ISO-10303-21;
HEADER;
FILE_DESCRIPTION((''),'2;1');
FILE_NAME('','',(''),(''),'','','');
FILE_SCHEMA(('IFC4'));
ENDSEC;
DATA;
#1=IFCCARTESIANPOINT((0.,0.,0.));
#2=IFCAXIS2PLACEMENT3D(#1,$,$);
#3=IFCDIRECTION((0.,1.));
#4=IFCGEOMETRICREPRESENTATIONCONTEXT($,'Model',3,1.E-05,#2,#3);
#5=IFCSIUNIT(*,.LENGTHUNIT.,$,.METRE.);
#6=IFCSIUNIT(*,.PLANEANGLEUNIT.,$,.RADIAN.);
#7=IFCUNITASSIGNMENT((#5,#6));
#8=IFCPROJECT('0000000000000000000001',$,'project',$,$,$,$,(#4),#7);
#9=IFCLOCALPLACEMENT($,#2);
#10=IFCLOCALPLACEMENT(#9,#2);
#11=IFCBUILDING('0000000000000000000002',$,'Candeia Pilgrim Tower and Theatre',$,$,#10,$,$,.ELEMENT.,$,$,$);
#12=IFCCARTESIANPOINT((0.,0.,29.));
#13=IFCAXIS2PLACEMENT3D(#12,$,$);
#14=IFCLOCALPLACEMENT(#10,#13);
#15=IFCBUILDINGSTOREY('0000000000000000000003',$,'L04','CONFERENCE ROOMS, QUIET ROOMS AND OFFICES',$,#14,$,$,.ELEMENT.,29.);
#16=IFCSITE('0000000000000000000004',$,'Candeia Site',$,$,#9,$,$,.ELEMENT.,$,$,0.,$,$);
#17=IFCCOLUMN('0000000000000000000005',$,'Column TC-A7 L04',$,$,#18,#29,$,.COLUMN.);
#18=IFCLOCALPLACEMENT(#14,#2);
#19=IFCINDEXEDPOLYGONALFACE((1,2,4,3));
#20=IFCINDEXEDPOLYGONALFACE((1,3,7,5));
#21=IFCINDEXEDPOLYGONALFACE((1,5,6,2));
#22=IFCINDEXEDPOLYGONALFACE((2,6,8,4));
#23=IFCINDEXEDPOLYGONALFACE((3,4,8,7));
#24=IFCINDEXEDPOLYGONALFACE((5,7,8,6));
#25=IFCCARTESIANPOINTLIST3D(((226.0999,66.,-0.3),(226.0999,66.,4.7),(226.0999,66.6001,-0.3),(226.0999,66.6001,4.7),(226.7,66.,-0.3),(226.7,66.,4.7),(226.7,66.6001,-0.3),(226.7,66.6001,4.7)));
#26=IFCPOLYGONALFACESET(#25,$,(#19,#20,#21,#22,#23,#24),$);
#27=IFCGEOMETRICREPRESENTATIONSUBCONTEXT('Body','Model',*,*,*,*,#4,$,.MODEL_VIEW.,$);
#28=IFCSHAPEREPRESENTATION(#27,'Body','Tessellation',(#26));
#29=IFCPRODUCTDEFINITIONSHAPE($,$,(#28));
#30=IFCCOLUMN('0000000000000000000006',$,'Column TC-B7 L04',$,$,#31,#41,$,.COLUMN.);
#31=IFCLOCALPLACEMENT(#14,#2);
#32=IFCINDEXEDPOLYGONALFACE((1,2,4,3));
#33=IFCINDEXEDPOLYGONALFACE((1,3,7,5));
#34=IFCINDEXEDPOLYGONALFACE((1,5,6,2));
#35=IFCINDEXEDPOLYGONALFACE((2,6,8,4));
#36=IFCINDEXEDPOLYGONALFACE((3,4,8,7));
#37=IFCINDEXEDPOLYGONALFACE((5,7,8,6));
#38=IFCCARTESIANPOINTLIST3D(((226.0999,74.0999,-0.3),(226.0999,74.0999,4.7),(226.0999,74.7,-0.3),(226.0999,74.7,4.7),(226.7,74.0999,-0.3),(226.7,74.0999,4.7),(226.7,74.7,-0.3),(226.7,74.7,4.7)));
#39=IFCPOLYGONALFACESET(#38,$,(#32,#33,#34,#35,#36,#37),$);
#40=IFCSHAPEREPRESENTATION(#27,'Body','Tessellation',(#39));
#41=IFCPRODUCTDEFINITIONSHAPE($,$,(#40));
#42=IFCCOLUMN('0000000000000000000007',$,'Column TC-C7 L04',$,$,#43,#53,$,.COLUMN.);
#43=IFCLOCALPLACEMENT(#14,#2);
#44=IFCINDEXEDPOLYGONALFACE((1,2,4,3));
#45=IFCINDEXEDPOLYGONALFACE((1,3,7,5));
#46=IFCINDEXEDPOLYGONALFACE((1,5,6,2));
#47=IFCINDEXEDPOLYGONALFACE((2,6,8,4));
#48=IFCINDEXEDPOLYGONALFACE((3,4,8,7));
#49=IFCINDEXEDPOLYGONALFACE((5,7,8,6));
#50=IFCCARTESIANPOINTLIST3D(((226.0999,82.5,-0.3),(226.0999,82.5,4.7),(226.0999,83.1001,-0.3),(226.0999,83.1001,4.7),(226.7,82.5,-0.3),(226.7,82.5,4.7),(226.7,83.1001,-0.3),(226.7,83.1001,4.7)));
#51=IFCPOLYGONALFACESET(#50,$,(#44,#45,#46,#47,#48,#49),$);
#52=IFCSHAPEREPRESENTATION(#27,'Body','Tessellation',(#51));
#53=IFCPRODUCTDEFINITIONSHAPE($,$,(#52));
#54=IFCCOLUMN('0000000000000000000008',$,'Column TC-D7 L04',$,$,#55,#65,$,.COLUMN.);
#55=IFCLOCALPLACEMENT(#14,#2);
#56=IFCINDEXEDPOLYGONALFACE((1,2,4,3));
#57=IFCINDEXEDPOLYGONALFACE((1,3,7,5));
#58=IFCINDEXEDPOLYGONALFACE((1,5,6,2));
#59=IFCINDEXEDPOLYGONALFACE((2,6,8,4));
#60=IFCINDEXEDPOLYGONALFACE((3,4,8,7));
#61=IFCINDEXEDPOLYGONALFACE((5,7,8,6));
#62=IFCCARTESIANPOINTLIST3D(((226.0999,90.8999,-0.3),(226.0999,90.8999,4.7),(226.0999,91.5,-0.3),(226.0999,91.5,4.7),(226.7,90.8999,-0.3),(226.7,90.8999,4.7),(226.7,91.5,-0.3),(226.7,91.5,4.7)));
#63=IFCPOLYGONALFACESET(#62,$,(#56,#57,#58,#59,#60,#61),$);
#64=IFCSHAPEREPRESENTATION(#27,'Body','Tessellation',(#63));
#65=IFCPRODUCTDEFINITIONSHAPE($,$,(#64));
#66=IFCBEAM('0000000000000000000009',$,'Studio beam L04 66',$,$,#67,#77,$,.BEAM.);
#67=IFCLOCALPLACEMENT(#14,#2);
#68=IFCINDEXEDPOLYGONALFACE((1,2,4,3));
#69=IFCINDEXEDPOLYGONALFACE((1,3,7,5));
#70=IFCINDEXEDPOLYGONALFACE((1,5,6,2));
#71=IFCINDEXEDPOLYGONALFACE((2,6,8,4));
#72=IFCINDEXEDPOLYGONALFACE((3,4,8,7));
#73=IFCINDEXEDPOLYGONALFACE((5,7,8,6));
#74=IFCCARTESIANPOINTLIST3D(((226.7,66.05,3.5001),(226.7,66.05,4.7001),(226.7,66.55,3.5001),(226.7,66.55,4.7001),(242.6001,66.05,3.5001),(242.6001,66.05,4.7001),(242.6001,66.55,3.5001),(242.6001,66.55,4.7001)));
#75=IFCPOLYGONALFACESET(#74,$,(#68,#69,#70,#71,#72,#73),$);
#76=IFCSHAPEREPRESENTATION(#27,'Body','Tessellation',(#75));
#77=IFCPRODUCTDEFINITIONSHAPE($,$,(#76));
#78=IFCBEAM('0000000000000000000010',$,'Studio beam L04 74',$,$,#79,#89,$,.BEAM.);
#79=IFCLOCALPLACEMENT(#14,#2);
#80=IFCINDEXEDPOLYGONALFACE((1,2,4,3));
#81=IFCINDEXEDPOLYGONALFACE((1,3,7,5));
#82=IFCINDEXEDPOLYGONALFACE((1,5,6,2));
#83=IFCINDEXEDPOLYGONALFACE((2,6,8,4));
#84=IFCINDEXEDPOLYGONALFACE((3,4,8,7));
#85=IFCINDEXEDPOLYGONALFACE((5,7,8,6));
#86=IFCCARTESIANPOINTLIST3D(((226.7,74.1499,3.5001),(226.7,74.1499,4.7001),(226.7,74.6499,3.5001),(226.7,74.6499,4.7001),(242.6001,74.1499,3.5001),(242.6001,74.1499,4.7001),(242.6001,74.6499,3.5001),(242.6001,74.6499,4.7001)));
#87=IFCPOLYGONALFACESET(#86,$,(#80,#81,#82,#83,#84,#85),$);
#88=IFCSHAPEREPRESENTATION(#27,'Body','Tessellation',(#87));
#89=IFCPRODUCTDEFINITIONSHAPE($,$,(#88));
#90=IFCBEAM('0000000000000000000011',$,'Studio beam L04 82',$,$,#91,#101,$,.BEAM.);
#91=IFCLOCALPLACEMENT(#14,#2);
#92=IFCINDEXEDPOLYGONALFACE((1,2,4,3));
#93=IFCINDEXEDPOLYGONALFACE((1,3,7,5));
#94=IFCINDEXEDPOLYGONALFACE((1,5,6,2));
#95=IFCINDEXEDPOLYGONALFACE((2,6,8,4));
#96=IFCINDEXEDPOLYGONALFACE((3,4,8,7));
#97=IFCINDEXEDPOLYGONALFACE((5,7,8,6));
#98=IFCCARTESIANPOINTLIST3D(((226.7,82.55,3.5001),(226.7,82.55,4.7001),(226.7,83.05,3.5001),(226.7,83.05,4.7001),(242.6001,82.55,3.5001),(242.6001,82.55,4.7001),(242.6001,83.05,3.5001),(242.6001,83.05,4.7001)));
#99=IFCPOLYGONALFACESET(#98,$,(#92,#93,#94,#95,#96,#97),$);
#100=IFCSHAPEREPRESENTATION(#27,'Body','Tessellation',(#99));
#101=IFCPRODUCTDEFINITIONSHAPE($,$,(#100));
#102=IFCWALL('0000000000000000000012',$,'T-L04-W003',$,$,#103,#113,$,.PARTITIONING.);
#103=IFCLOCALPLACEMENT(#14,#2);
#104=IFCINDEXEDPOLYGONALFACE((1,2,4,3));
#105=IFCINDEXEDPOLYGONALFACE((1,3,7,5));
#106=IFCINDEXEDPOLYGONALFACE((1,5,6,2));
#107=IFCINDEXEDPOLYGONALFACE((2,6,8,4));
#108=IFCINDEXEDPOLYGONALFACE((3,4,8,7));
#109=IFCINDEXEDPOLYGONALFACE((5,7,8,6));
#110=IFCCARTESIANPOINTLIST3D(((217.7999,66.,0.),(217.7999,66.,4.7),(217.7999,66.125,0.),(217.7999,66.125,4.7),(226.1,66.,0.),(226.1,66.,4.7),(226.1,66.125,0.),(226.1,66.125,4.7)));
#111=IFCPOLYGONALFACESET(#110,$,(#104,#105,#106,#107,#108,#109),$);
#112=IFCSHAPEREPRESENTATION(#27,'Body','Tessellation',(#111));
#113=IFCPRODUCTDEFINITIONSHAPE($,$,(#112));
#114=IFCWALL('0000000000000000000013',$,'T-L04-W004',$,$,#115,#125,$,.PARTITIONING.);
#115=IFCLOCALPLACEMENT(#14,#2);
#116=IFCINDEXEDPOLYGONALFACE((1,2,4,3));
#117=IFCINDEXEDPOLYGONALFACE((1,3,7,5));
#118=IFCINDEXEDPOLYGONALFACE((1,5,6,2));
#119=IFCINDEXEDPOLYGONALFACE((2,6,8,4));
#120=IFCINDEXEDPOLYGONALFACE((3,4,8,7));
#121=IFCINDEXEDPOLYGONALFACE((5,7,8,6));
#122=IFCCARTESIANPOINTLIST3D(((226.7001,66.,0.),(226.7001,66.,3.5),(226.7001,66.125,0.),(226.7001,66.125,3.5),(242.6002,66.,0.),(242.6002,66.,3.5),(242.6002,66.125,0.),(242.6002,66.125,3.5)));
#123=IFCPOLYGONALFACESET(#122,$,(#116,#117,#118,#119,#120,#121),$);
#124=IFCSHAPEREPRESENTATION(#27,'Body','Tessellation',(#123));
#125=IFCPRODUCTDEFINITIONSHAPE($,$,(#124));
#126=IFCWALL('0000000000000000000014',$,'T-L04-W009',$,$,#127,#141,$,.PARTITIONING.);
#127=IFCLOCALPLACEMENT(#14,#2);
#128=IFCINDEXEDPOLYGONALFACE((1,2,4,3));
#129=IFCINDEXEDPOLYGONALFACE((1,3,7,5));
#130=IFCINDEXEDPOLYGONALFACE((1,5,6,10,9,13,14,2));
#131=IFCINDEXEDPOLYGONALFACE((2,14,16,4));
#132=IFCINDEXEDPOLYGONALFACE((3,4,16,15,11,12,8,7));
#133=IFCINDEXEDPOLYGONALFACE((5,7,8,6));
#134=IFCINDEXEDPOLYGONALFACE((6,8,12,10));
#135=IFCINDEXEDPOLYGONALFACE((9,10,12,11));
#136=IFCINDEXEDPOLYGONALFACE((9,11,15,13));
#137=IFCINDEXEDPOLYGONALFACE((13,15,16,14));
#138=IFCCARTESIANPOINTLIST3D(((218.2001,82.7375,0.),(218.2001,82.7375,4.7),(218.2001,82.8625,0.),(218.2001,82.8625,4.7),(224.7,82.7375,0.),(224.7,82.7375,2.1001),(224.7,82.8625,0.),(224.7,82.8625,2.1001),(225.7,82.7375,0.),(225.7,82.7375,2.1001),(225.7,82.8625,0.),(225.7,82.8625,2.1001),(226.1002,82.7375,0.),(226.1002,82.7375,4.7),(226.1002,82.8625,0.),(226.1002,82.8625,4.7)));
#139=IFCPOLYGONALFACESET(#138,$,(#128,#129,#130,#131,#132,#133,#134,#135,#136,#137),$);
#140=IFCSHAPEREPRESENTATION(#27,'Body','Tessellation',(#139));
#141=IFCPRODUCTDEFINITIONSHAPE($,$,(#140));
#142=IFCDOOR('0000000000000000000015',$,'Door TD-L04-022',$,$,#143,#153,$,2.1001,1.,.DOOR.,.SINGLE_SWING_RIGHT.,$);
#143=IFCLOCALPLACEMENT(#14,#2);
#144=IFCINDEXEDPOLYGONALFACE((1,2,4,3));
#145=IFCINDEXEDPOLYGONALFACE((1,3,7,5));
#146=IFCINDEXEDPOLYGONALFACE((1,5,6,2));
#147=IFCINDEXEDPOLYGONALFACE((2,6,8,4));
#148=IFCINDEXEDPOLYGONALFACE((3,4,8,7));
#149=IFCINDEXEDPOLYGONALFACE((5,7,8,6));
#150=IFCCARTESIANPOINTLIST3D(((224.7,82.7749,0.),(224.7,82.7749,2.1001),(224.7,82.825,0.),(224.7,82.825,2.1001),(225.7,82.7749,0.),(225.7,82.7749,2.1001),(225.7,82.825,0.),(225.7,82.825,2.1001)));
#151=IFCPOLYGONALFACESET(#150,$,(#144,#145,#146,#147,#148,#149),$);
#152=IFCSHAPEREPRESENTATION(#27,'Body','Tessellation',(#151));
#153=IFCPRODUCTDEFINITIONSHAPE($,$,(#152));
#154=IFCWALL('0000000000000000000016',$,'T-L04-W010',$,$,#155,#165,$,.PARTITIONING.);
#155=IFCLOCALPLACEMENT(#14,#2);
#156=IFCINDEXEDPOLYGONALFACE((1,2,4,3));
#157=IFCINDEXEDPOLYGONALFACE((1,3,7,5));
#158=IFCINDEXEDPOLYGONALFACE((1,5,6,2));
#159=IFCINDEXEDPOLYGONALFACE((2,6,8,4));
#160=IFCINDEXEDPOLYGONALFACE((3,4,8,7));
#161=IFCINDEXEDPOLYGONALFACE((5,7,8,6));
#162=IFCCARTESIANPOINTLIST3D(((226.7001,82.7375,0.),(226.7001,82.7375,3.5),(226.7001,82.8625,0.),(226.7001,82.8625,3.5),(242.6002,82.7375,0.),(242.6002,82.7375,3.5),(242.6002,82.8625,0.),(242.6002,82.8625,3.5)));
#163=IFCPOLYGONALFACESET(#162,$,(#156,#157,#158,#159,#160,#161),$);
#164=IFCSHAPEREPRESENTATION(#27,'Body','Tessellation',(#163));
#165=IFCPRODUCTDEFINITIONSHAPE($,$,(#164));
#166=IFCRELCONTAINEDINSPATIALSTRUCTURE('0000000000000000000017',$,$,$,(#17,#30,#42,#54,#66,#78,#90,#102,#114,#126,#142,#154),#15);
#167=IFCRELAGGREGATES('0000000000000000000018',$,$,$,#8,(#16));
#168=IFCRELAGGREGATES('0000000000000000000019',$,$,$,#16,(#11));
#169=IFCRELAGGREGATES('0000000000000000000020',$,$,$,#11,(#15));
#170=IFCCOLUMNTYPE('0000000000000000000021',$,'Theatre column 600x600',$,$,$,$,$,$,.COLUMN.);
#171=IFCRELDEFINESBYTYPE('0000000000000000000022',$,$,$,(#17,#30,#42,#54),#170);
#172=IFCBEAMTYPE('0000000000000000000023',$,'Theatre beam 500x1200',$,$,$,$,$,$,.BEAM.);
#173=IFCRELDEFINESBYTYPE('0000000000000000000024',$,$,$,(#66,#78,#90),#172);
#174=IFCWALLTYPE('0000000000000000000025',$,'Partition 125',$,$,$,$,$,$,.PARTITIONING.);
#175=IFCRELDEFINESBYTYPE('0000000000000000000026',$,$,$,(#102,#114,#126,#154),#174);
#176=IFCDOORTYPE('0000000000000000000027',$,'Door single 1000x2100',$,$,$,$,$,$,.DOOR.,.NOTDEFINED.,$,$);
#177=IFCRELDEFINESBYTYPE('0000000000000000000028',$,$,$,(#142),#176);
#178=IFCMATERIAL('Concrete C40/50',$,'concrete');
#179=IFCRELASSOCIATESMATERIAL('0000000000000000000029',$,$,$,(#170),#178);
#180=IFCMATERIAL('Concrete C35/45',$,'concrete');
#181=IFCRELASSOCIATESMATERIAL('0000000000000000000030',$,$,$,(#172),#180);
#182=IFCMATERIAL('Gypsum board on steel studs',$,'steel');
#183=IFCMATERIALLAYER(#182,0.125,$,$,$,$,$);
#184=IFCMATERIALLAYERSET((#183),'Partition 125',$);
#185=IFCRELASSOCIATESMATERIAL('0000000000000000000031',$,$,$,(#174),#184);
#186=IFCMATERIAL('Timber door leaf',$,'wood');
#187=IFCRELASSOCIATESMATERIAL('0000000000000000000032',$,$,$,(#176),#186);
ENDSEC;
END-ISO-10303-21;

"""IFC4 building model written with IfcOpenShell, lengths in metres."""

from ifc_helpers import new_model, si_unit, direction, frame, frame_2d, origin, origin_2d, place, context, subcontext, project, spatial, rectangle, extrude, material, layer, layer_set, material_profile, profile_set, type_object, element, fill, save


model = new_model("IFC4")

# Units and contexts
model_context = context("Model", 3, precision=1e-05, world=origin(), true_north=direction((0.0, 1.0)))
body_context = subcontext(model_context, "Body", "Model", "MODEL_VIEW")
ifc_project = project(units=[si_unit("LENGTHUNIT", "METRE"), si_unit("PLANEANGLEUNIT", "RADIAN")], contexts=[model_context])

# Site, building, storey
site_placement = place(None, origin())
site = spatial("IfcSite", under=ifc_project, at=site_placement, Name="Candeia Site", CompositionType="ELEMENT", RefElevation=0.0)
building_placement = place(site_placement, origin())
building = spatial("IfcBuilding", under=site, at=building_placement, Name="Candeia Pilgrim Tower and Theatre", CompositionType="ELEMENT")
storey_placement = place(building_placement, frame((0.0, 0.0, 29.0)))
storey = spatial("IfcBuildingStorey", under=building, at=storey_placement, Name="L04", Description="CONFERENCE ROOMS, QUIET ROOMS AND OFFICES", CompositionType="ELEMENT", Elevation=29.0)

# Columns
ifc_material_1 = material(Name="Concrete C40/50", Category="concrete")
ifc_material_profile_1 = material_profile(ifc_material_1, rectangle(XDim=0.6001, YDim=0.6001, at=origin_2d()))
ifc_profile_set_1 = profile_set([ifc_material_profile_1], Name="Concrete C40/50")
column_type = type_object("IfcColumnType", Name="Theatre column 600x600", PredefinedType="COLUMN", material=ifc_profile_set_1)
for number, where, z_axis, x_axis, name in (
    (1, (226.3999, 66.3, -0.3), (0.0, 0.0, 1.0), (1.0, 0.0, 0.0), "Column TC-A7 L04"),
    (2, (226.3999, 74.3999, -0.3), (0.0, 0.0, 1.0), (1.0, 0.0, 0.0), "Column TC-B7 L04"),
    (3, (226.3999, 82.8, -0.3), (0.0, 0.0, 1.0), (1.0, 0.0, 0.0), "Column TC-C7 L04"),
    (4, (226.3999, 91.2, -0.3), (0.0, 0.0, 1.0), (1.0, 0.0, 0.0), "Column TC-D7 L04"),
):
    element("IfcColumn", number, at=place(storey_placement, frame(where, z_axis=z_axis, x_axis=x_axis)), inside=storey, type_object=column_type, Name=name, PredefinedType="COLUMN", context=body_context, shape_type="SweptSolid", body=[
        extrude(rectangle(XDim=0.6001, YDim=0.6001, at=origin_2d()), origin(), (0.0, 0.0, 1.0), 5.0),
    ])

# Beams
ifc_material_2 = material(Name="Concrete C35/45", Category="concrete")
ifc_material_profile_2 = material_profile(ifc_material_2, rectangle(XDim=0.5, YDim=1.2, at=origin_2d()))
ifc_profile_set_2 = profile_set([ifc_material_profile_2], Name="Concrete C35/45")
beam_type = type_object("IfcBeamType", Name="Theatre beam 500x1200", PredefinedType="BEAM", material=ifc_profile_set_2)
for number, where, z_axis, x_axis, name in (
    (5, (226.7, 66.3, 4.1001), (1.0, 0.0, 0.0), (0.0, 1.0, 0.0), "Studio beam L04 66"),
    (6, (226.7, 74.3999, 4.1001), (1.0, 0.0, 0.0), (0.0, 1.0, 0.0), "Studio beam L04 74"),
    (7, (226.7, 82.8, 4.1001), (1.0, 0.0, 0.0), (0.0, 1.0, 0.0), "Studio beam L04 82"),
):
    element("IfcBeam", number, at=place(storey_placement, frame(where, z_axis=z_axis, x_axis=x_axis)), inside=storey, type_object=beam_type, Name=name, PredefinedType="BEAM", context=body_context, shape_type="SweptSolid", body=[
        extrude(rectangle(XDim=0.5, YDim=1.2, at=origin_2d()), origin(), (0.0, 0.0, 1.0), 15.9001),
    ])

# Walls
ifc_material_3 = material(Name="Gypsum board on steel studs", Category="steel")
ifc_layer_1 = layer(ifc_material_3, 0.125)
ifc_layer_set_1 = layer_set([ifc_layer_1], Name="Partition 125")
wall_type_1 = type_object("IfcWallType", Name="Partition 125", PredefinedType="PARTITIONING", material=ifc_layer_set_1)
wall_1_placement = place(storey_placement, frame((217.8, 66.0625, 0.0), z_axis=(0.0, 0.0, 1.0), x_axis=(1.0, 0.0, 0.0)))
element("IfcWall", 8, at=wall_1_placement, inside=storey, type_object=wall_type_1, Name="T-L04-W003", PredefinedType="PARTITIONING", context=body_context, shape_type="SweptSolid", body=[
    extrude(rectangle(XDim=8.3, YDim=0.125, at=frame_2d((4.1499, 0.0))), origin(), (0.0, 0.0, 1.0), 4.7),
])
wall_2_placement = place(storey_placement, frame((226.7, 66.0625, 0.0), z_axis=(0.0, 0.0, 1.0), x_axis=(1.0, 0.0, 0.0)))
element("IfcWall", 9, at=wall_2_placement, inside=storey, type_object=wall_type_1, Name="T-L04-W004", PredefinedType="PARTITIONING", context=body_context, shape_type="SweptSolid", body=[
    extrude(rectangle(XDim=15.9001, YDim=0.125, at=frame_2d((7.9502, 0.0))), origin(), (0.0, 0.0, 1.0), 3.5),
])

# Wall, opening, door
wall_3_placement = place(storey_placement, frame((218.2, 82.8, 0.0), z_axis=(0.0, 0.0, 1.0), x_axis=(1.0, 0.0, 0.0)))
wall_3 = element("IfcWall", 10, at=wall_3_placement, inside=storey, type_object=wall_type_1, Name="T-L04-W009", PredefinedType="PARTITIONING", context=body_context, shape_type="SweptSolid", body=[
    extrude(rectangle(XDim=7.9001, YDim=0.125, at=frame_2d((3.9502, 0.0))), origin(), (0.0, 0.0, 1.0), 4.7),
])
opening_1_placement = place(wall_3_placement, frame((6.5, 0.0, 0.0)))
opening_1 = element("IfcOpeningElement", 11, at=opening_1_placement, cuts=wall_3, PredefinedType="OPENING", context=body_context, shape_type="SweptSolid", body=[
    extrude(rectangle(XDim=1.0, YDim=2.1001, at=frame_2d((0.5, 1.05))), frame((0.0, 0.0725, 0.0), z_axis=(0.0, -1.0, 0.0), x_axis=(1.0, 0.0, 0.0)), (0.0, 0.0, 1.0), 0.145),
])
ifc_material_4 = material(Name="Timber door leaf", Category="wood")
door_type_1 = type_object("IfcDoorType", Name="Door single 1000x2100", OperationType="NOTDEFINED", PredefinedType="DOOR", material=ifc_material_4)
door_1_placement = place(opening_1_placement, origin())
door_1 = element("IfcDoor", 12, at=door_1_placement, inside=storey, type_object=door_type_1, Name="Door TD-L04-022", OperationType="SINGLE_SWING_RIGHT", OverallHeight=2.1001, OverallWidth=1.0, PredefinedType="DOOR", context=body_context, shape_type="SweptSolid", body=[
    extrude(rectangle(XDim=1.0, YDim=2.1001, at=frame_2d((0.5, 1.05))), frame((0.0, 0.0249, 0.0), z_axis=(0.0, -1.0, 0.0), x_axis=(1.0, 0.0, 0.0)), (0.0, 0.0, 1.0), 0.05),
])
fill(opening_1, door_1)

# Wall
wall_4_placement = place(storey_placement, frame((226.7, 82.8, 0.0), z_axis=(0.0, 0.0, 1.0), x_axis=(1.0, 0.0, 0.0)))
element("IfcWall", 13, at=wall_4_placement, inside=storey, type_object=wall_type_1, Name="T-L04-W010", PredefinedType="PARTITIONING", context=body_context, shape_type="SweptSolid", body=[
    extrude(rectangle(XDim=15.9001, YDim=0.125, at=frame_2d((7.9502, 0.0))), origin(), (0.0, 0.0, 1.0), 3.5),
])

save(model, "model.ifc")
